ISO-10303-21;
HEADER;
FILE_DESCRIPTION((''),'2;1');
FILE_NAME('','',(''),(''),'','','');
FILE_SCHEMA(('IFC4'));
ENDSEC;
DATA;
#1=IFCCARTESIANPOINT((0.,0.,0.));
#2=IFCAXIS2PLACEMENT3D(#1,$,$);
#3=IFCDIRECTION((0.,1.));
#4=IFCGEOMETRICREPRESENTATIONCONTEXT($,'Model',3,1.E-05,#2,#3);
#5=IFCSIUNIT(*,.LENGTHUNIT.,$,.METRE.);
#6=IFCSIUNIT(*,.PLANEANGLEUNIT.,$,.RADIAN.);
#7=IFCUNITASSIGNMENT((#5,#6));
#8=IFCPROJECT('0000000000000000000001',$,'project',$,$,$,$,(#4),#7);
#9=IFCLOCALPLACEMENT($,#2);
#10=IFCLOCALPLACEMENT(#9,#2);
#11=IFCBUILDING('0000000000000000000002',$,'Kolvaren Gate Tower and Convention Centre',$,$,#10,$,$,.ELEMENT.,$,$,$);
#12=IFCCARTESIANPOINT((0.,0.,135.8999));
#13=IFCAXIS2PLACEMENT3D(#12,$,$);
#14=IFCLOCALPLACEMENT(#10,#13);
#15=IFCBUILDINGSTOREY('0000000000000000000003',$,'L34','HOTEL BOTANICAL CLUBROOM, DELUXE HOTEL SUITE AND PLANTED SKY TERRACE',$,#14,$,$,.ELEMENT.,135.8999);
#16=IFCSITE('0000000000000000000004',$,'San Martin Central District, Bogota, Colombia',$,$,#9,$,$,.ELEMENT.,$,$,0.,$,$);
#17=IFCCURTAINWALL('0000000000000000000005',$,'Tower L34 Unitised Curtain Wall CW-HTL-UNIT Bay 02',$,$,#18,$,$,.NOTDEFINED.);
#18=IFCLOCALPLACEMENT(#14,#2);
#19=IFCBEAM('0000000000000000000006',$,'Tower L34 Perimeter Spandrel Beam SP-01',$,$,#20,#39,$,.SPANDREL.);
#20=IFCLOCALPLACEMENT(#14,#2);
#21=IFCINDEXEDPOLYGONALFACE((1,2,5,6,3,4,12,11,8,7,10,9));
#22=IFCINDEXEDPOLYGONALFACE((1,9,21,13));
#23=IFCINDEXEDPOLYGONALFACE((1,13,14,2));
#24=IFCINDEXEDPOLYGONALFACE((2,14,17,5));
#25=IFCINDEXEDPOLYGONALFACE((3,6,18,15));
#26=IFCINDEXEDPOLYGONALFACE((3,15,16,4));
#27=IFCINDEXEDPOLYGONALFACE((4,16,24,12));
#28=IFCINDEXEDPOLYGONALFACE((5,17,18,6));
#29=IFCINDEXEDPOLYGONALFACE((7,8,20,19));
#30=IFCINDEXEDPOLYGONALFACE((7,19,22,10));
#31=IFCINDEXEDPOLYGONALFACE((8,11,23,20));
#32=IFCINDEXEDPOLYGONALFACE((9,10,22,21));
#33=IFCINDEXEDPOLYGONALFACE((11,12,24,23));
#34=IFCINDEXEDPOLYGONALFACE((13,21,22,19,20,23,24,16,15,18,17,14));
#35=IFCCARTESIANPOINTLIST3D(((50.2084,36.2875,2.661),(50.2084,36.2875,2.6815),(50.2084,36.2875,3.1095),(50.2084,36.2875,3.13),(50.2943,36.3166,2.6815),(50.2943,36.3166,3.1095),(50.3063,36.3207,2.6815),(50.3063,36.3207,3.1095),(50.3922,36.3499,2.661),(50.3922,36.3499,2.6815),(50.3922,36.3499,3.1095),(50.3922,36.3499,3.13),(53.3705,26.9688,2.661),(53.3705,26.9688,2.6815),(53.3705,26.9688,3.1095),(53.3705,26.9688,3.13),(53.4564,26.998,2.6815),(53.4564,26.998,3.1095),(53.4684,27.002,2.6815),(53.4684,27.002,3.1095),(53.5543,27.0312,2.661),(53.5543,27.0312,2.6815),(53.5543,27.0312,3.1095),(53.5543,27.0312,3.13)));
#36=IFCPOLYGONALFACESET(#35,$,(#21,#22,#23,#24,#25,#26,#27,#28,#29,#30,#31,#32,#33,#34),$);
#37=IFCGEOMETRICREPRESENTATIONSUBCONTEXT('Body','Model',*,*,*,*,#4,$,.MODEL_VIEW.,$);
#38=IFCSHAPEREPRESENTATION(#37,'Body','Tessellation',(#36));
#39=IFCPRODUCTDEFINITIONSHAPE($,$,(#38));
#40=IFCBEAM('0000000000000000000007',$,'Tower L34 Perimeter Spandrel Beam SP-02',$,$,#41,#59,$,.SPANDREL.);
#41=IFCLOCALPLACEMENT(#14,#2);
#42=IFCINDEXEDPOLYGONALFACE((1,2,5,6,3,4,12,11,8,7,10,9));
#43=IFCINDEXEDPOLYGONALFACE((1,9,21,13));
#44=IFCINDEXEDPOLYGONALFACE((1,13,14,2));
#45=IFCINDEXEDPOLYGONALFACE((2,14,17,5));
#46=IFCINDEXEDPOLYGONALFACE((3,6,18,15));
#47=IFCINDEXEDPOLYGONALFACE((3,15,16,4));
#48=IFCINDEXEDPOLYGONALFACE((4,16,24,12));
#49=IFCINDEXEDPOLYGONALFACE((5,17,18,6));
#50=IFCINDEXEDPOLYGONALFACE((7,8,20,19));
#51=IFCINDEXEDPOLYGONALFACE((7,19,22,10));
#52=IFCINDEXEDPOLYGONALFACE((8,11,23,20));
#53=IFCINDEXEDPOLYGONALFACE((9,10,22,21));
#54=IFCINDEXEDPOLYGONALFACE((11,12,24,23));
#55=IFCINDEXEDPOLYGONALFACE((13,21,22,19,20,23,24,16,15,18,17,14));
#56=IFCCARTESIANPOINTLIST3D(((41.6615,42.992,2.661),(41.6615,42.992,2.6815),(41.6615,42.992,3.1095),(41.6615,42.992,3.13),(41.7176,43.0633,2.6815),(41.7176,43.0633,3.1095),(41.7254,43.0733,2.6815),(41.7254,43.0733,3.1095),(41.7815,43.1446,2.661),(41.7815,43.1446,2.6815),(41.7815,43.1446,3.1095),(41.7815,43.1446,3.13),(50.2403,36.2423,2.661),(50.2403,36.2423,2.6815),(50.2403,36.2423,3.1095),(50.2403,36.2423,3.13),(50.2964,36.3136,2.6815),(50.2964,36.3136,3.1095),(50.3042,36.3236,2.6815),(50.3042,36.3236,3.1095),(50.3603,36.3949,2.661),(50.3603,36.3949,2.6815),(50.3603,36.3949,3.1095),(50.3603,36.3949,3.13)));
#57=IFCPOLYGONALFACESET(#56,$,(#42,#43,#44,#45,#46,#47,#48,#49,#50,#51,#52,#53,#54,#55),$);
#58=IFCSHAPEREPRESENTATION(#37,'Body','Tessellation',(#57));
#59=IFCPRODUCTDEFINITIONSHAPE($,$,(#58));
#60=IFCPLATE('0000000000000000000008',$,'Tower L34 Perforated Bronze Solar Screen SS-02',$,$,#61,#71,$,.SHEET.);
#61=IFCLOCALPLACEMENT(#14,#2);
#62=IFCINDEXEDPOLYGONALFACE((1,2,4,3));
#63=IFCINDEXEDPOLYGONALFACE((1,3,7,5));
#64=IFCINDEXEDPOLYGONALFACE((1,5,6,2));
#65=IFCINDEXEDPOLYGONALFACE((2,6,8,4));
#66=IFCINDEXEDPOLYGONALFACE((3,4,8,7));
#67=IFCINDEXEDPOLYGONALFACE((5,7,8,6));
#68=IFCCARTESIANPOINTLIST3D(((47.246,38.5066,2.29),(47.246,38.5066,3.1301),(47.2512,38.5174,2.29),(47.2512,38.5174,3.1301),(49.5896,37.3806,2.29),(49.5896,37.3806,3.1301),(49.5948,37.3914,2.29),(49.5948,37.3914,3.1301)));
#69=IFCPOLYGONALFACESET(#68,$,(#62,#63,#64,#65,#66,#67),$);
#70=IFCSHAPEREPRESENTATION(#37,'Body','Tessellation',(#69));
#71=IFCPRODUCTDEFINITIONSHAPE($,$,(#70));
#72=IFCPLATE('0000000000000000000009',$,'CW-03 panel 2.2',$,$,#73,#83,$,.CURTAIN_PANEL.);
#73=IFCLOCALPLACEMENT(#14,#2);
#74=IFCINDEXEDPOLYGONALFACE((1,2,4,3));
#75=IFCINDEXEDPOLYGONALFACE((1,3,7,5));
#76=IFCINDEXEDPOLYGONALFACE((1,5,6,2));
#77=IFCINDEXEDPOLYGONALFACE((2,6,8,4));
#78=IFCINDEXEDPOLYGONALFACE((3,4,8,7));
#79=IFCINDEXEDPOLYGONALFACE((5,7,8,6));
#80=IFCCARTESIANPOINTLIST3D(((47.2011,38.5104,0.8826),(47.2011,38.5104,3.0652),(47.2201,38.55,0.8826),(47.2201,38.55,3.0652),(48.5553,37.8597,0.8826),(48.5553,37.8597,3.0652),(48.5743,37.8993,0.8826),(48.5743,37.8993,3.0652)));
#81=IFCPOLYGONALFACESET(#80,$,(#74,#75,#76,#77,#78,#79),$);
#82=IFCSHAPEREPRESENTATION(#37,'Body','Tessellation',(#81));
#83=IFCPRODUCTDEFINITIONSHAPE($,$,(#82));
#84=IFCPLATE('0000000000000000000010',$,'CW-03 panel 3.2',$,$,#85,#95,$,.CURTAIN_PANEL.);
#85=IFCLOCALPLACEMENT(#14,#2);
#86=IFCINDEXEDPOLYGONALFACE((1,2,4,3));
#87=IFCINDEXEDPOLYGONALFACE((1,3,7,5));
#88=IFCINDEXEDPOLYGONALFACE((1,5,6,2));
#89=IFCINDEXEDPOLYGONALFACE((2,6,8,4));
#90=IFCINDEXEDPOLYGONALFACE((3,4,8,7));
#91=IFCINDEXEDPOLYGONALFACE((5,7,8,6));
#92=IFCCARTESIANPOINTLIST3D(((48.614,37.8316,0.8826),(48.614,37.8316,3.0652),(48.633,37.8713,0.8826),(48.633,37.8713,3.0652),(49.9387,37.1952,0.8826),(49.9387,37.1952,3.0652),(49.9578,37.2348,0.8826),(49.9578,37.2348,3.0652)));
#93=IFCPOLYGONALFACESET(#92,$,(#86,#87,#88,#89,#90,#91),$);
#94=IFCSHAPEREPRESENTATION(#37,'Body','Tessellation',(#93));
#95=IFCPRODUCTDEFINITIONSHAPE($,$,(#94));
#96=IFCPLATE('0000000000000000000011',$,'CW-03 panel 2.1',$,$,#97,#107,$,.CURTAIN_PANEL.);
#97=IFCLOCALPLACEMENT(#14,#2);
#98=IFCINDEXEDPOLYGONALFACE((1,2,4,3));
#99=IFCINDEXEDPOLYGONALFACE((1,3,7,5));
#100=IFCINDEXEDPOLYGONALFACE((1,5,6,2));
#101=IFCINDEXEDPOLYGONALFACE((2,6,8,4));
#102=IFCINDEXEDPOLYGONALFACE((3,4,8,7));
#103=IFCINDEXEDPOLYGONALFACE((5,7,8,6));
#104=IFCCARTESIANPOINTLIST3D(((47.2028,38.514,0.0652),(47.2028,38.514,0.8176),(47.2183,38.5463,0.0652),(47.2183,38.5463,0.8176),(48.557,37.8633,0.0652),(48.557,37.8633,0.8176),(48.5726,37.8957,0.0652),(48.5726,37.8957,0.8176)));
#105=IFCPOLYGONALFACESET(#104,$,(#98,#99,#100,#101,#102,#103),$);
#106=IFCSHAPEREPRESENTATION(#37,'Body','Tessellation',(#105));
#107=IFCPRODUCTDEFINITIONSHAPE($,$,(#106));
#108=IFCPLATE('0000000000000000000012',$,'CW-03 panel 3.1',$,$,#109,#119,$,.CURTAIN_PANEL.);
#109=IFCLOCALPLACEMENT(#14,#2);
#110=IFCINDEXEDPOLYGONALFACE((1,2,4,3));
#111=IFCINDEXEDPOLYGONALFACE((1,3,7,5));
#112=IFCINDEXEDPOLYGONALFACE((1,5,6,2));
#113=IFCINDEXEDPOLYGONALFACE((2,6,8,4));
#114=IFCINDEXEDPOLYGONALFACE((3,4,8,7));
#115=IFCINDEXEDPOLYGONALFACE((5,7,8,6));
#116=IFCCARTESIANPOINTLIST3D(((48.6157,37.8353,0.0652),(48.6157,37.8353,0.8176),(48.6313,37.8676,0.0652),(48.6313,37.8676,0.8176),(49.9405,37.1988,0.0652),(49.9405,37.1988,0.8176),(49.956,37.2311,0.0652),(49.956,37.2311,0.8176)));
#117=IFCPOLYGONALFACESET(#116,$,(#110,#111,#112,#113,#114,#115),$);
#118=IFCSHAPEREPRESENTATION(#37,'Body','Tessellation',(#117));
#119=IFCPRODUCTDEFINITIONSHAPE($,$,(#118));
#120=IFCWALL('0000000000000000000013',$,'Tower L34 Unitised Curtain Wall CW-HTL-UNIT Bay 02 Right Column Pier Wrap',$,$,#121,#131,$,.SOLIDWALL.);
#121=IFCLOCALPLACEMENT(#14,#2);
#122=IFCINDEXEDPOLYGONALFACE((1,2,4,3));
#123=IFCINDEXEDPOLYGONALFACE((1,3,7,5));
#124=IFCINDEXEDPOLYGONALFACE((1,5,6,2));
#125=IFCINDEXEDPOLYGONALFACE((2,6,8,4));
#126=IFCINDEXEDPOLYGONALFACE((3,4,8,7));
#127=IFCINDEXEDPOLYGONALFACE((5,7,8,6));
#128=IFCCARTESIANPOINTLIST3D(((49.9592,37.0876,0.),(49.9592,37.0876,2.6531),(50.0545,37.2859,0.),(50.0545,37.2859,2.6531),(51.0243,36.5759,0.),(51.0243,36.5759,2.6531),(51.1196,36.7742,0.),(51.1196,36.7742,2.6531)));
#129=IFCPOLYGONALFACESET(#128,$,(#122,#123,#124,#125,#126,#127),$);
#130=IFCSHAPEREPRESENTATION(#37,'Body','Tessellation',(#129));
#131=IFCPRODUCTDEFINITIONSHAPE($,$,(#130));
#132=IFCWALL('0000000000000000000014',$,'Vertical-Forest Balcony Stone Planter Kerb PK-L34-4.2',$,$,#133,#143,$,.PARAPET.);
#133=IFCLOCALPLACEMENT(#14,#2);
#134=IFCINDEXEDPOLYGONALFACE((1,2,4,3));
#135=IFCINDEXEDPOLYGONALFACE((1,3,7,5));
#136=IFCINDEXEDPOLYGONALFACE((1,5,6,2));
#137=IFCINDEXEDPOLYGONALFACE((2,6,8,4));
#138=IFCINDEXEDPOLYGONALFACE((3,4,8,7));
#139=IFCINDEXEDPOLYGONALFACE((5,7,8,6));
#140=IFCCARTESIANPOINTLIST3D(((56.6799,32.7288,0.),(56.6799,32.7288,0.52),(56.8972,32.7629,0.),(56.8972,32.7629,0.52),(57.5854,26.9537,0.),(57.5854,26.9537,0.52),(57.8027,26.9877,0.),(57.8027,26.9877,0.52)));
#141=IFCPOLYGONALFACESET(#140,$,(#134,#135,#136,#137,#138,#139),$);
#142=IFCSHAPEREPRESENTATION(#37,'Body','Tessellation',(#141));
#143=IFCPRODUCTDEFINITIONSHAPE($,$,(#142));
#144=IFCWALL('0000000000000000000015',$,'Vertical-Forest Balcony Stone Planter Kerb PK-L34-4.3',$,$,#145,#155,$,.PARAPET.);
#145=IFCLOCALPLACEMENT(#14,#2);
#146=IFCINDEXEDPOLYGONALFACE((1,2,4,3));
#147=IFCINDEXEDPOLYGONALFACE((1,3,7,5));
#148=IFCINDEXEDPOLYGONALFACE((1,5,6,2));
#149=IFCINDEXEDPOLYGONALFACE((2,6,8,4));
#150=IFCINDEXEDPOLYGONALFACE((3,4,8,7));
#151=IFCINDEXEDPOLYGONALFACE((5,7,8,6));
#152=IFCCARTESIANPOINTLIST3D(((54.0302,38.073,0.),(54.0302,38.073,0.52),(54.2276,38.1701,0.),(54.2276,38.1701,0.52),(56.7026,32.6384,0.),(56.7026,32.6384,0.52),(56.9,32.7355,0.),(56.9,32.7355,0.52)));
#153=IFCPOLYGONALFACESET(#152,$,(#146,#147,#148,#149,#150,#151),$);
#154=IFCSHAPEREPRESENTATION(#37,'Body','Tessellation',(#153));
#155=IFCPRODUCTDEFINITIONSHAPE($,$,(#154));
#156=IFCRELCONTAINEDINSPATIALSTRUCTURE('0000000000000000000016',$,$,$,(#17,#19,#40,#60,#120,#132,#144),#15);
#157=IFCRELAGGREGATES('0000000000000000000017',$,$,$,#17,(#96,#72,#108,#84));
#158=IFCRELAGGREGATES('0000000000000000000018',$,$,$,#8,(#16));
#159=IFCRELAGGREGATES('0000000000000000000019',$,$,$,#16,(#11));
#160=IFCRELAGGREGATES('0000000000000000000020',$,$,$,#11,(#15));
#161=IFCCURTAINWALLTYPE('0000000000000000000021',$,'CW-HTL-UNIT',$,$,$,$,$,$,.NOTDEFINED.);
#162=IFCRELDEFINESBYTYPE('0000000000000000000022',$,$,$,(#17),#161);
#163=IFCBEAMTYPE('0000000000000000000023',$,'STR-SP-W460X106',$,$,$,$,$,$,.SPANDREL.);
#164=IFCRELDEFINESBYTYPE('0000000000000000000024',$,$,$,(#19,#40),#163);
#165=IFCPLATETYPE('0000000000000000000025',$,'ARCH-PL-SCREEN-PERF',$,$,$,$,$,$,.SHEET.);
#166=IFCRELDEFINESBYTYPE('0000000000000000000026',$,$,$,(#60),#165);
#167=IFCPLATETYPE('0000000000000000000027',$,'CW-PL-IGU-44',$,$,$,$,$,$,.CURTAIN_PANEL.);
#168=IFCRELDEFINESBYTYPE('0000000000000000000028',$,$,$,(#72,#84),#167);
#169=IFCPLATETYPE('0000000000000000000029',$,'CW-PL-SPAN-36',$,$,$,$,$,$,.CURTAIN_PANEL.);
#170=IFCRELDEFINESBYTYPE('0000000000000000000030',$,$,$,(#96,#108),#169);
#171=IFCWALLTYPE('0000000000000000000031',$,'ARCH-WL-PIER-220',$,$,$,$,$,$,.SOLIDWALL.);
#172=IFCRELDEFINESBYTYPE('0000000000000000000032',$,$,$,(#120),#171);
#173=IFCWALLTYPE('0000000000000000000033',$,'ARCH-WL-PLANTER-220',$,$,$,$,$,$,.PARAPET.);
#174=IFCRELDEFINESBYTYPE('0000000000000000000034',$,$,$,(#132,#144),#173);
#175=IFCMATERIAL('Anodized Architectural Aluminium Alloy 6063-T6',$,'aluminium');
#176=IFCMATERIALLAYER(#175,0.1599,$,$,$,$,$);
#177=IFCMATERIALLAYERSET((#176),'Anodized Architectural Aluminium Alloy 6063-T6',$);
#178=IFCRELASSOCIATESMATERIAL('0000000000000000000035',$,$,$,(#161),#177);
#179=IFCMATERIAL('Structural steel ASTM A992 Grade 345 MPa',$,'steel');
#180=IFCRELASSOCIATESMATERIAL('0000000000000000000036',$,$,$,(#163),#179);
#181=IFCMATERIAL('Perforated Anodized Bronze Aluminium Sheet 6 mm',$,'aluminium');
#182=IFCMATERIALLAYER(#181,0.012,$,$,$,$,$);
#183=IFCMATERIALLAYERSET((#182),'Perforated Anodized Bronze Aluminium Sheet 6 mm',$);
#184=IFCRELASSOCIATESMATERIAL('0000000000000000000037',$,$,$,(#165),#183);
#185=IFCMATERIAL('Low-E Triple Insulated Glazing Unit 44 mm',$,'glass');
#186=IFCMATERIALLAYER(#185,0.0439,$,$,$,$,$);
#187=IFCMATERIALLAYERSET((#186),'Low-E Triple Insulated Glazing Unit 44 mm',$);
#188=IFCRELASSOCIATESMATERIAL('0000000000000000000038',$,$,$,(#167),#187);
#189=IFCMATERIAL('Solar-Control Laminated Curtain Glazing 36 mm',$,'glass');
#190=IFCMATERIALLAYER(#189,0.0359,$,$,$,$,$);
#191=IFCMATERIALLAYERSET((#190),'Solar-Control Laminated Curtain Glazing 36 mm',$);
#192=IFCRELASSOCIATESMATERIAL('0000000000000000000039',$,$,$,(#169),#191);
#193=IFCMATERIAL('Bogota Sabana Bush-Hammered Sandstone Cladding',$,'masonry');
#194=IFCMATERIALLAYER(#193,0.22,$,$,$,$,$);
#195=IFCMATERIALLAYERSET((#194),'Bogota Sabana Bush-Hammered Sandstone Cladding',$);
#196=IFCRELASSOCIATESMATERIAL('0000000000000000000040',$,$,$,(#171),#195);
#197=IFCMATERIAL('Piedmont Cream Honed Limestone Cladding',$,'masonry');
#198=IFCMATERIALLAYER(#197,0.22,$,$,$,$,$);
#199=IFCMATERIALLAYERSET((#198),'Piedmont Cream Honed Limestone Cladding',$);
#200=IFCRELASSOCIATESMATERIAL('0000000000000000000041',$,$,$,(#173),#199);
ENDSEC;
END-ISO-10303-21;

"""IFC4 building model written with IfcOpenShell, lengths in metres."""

from ifc_helpers import new_model, si_unit, direction, frame, frame_2d, origin, origin_2d, place, context, subcontext, project, spatial, rectangle, i_section, extrude, material, layer, layer_set, material_profile, profile_set, type_object, element, aggregate, save


model = new_model("IFC4")

# Units and contexts
model_context = context("Model", 3, precision=1e-05, world=origin(), true_north=direction((0.0, 1.0)))
body_context = subcontext(model_context, "Body", "Model", "MODEL_VIEW")
ifc_project = project(units=[si_unit("LENGTHUNIT", "METRE"), si_unit("PLANEANGLEUNIT", "RADIAN")], contexts=[model_context])

# Site, building, storey
site_placement = place(None, origin())
site = spatial("IfcSite", under=ifc_project, at=site_placement, Name="San Martin Central District, Bogota, Colombia", CompositionType="ELEMENT", RefElevation=0.0)
building_placement = place(site_placement, origin())
building = spatial("IfcBuilding", under=site, at=building_placement, Name="Kolvaren Gate Tower and Convention Centre", CompositionType="ELEMENT")
storey_placement = place(building_placement, frame((0.0, 0.0, 135.8999)))
storey = spatial("IfcBuildingStorey", under=building, at=storey_placement, Name="L34", Description="HOTEL BOTANICAL CLUBROOM, DELUXE HOTEL SUITE AND PLANTED SKY TERRACE", CompositionType="ELEMENT", Elevation=135.8999)

# Curtain wall
ifc_material_1 = material(Name="Anodized Architectural Aluminium Alloy 6063-T6", Category="aluminium")
ifc_layer_1 = layer(ifc_material_1, 0.1599)
ifc_layer_set_1 = layer_set([ifc_layer_1], Name="Anodized Architectural Aluminium Alloy 6063-T6")
curtain_wall_type = type_object("IfcCurtainWallType", Name="CW-HTL-UNIT", PredefinedType="NOTDEFINED", material=ifc_layer_set_1)
curtain_wall_placement = place(storey_placement, origin())
curtain_wall = element("IfcCurtainWall", 1, at=curtain_wall_placement, inside=storey, type_object=curtain_wall_type, Name="Tower L34 Unitised Curtain Wall CW-HTL-UNIT Bay 02", PredefinedType="NOTDEFINED")

# Beams
ifc_material_2 = material(Name="Structural steel ASTM A992 Grade 345 MPa", Category="steel")
ifc_material_profile_1 = material_profile(ifc_material_2, i_section(OverallWidth=0.1941, OverallDepth=0.469, WebThickness=0.0127, FlangeThickness=0.0205, at=origin_2d()), Name="W460X106")
ifc_profile_set_1 = profile_set([ifc_material_profile_1], Name="Structural steel ASTM A992 Grade 345 MPa")
beam_type_1 = type_object("IfcBeamType", Name="STR-SP-W460X106", PredefinedType="SPANDREL", material=ifc_profile_set_1)
beam_1_placement = place(storey_placement, frame((53.4624, 27.0, 2.8955), z_axis=(-0.321336, 0.946965, 0.0), x_axis=(-0.946965, -0.321336, 0.0)))
element("IfcBeam", 2, at=beam_1_placement, inside=storey, type_object=beam_type_1, Name="Tower L34 Perimeter Spandrel Beam SP-01", PredefinedType="SPANDREL", context=body_context, shape_type="SweptSolid", body=[
    extrude(i_section(OverallWidth=0.1941, OverallDepth=0.469, WebThickness=0.0127, FlangeThickness=0.0205, at=origin_2d()), origin(), (0.0, 0.0, 1.0), 9.8406),
])
beam_2_placement = place(storey_placement, frame((50.3003, 36.3186, 2.8955), z_axis=(-0.785908, 0.618344, 0.0), x_axis=(-0.618344, -0.785908, 0.0)))
element("IfcBeam", 3, at=beam_2_placement, inside=storey, type_object=beam_type_1, Name="Tower L34 Perimeter Spandrel Beam SP-02", PredefinedType="SPANDREL", context=body_context, shape_type="SweptSolid", body=[
    extrude(i_section(OverallWidth=0.1941, OverallDepth=0.469, WebThickness=0.0127, FlangeThickness=0.0205, at=origin_2d()), origin(), (0.0, 0.0, 1.0), 10.9158),
])

# Plates
ifc_material_3 = material(Name="Perforated Anodized Bronze Aluminium Sheet 6 mm", Category="aluminium")
ifc_layer_2 = layer(ifc_material_3, 0.012)
ifc_layer_set_2 = layer_set([ifc_layer_2], Name="Perforated Anodized Bronze Aluminium Sheet 6 mm")
plate_type_1 = type_object("IfcPlateType", Name="ARCH-PL-SCREEN-PERF", PredefinedType="SHEET", material=ifc_layer_set_2)
plate_1_placement = place(storey_placement, frame((48.4204, 37.949, 2.29), z_axis=(0.0, 0.0, 1.0), x_axis=(0.901363, -0.433065, 0.0)))
element("IfcPlate", 4, at=plate_1_placement, inside=storey, type_object=plate_type_1, Name="Tower L34 Perforated Bronze Solar Screen SS-02", PredefinedType="SHEET", context=body_context, shape_type="SweptSolid", body=[
    extrude(rectangle(XDim=2.6001, YDim=0.012, at=origin_2d()), origin(), (0.0, 0.0, 1.0), 0.8401),
])
ifc_material_4 = material(Name="Low-E Triple Insulated Glazing Unit 44 mm", Category="glass")
ifc_layer_3 = layer(ifc_material_4, 0.0439)
ifc_layer_set_3 = layer_set([ifc_layer_3], Name="Low-E Triple Insulated Glazing Unit 44 mm")
plate_type_2 = type_object("IfcPlateType", Name="CW-PL-IGU-44", PredefinedType="CURTAIN_PANEL", material=ifc_layer_set_3)
plate_2_placement = place(storey_placement, frame((47.8877, 38.2048, 0.8826), z_axis=(0.0, 0.0, 1.0), x_axis=(0.90136, -0.433071, 0.0)))
plate_2 = element("IfcPlate", 5, at=plate_2_placement, type_object=plate_type_2, Name="CW-03 panel 2.2", PredefinedType="CURTAIN_PANEL", context=body_context, shape_type="SweptSolid", body=[
    extrude(rectangle(XDim=1.5024, YDim=0.0439, at=origin_2d()), origin(), (0.0, 0.0, 1.0), 2.1826),
])
plate_3_placement = place(storey_placement, frame((49.2859, 37.5332, 0.8826), z_axis=(0.0, 0.0, 1.0), x_axis=(0.90136, -0.433071, 0.0)))
plate_3 = element("IfcPlate", 6, at=plate_3_placement, type_object=plate_type_2, Name="CW-03 panel 3.2", PredefinedType="CURTAIN_PANEL", context=body_context, shape_type="SweptSolid", body=[
    extrude(rectangle(XDim=1.4697, YDim=0.0439, at=origin_2d()), origin(), (0.0, 0.0, 1.0), 2.1826),
])
ifc_material_5 = material(Name="Solar-Control Laminated Curtain Glazing 36 mm", Category="glass")
ifc_layer_4 = layer(ifc_material_5, 0.0359)
ifc_layer_set_4 = layer_set([ifc_layer_4], Name="Solar-Control Laminated Curtain Glazing 36 mm")
plate_type_3 = type_object("IfcPlateType", Name="CW-PL-SPAN-36", PredefinedType="CURTAIN_PANEL", material=ifc_layer_set_4)
plate_4_placement = place(storey_placement, frame((47.8877, 38.2048, 0.0652), z_axis=(0.0, 0.0, 1.0), x_axis=(0.90136, -0.433071, 0.0)))
plate_4 = element("IfcPlate", 7, at=plate_4_placement, type_object=plate_type_3, Name="CW-03 panel 2.1", PredefinedType="CURTAIN_PANEL", context=body_context, shape_type="SweptSolid", body=[
    extrude(rectangle(XDim=1.5024, YDim=0.0359, at=origin_2d()), origin(), (0.0, 0.0, 1.0), 0.7524),
])
plate_5_placement = place(storey_placement, frame((49.2859, 37.5332, 0.0652), z_axis=(0.0, 0.0, 1.0), x_axis=(0.90136, -0.433071, 0.0)))
plate_5 = element("IfcPlate", 8, at=plate_5_placement, type_object=plate_type_3, Name="CW-03 panel 3.1", PredefinedType="CURTAIN_PANEL", context=body_context, shape_type="SweptSolid", body=[
    extrude(rectangle(XDim=1.4697, YDim=0.0359, at=origin_2d()), origin(), (0.0, 0.0, 1.0), 0.7524),
])
aggregate(curtain_wall, [plate_4, plate_2, plate_5, plate_3])

# Walls
ifc_material_6 = material(Name="Bogota Sabana Bush-Hammered Sandstone Cladding", Category="masonry")
ifc_layer_5 = layer(ifc_material_6, 0.22)
ifc_layer_set_5 = layer_set([ifc_layer_5], Name="Bogota Sabana Bush-Hammered Sandstone Cladding")
wall_type_1 = type_object("IfcWallType", Name="ARCH-WL-PIER-220", PredefinedType="SOLIDWALL", material=ifc_layer_set_5)
wall_1_placement = place(storey_placement, frame((50.0068, 37.1868, 0.0), z_axis=(0.0, 0.0, 1.0), x_axis=(0.901381, -0.433027, 0.0)))
element("IfcWall", 9, at=wall_1_placement, inside=storey, type_object=wall_type_1, Name="Tower L34 Unitised Curtain Wall CW-HTL-UNIT Bay 02 Right Column Pier Wrap", PredefinedType="SOLIDWALL", context=body_context, shape_type="SweptSolid", body=[
    extrude(rectangle(XDim=1.1816, YDim=0.22, at=frame_2d((0.5908, 0.0))), origin(), (0.0, 0.0, 1.0), 2.6531),
])
ifc_material_7 = material(Name="Piedmont Cream Honed Limestone Cladding", Category="masonry")
ifc_layer_6 = layer(ifc_material_7, 0.22)
ifc_layer_set_6 = layer_set([ifc_layer_6], Name="Piedmont Cream Honed Limestone Cladding")
wall_type_2 = type_object("IfcWallType", Name="ARCH-WL-PLANTER-220", PredefinedType="PARAPET", material=ifc_layer_set_6)
wall_2_placement = place(storey_placement, frame((56.7886, 32.7458, 0.0), z_axis=(0.0, 0.0, 1.0), x_axis=(0.154903, -0.98793, 0.0)))
element("IfcWall", 10, at=wall_2_placement, inside=storey, type_object=wall_type_2, Name="Vertical-Forest Balcony Stone Planter Kerb PK-L34-4.2", PredefinedType="PARAPET", context=body_context, shape_type="SweptSolid", body=[
    extrude(rectangle(XDim=5.8457, YDim=0.22, at=frame_2d((2.9229, 0.0))), origin(), (0.0, 0.0, 1.0), 0.52),
])
wall_3_placement = place(storey_placement, frame((54.1289, 38.1216, 0.0), z_axis=(0.0, 0.0, 1.0), x_axis=(0.44127, -0.897375, 0.0)))
element("IfcWall", 11, at=wall_3_placement, inside=storey, type_object=wall_type_2, Name="Vertical-Forest Balcony Stone Planter Kerb PK-L34-4.3", PredefinedType="PARAPET", context=body_context, shape_type="SweptSolid", body=[
    extrude(rectangle(XDim=6.0562, YDim=0.22, at=frame_2d((3.0281, 0.0))), origin(), (0.0, 0.0, 1.0), 0.52),
])

save(model, "model.ifc")
